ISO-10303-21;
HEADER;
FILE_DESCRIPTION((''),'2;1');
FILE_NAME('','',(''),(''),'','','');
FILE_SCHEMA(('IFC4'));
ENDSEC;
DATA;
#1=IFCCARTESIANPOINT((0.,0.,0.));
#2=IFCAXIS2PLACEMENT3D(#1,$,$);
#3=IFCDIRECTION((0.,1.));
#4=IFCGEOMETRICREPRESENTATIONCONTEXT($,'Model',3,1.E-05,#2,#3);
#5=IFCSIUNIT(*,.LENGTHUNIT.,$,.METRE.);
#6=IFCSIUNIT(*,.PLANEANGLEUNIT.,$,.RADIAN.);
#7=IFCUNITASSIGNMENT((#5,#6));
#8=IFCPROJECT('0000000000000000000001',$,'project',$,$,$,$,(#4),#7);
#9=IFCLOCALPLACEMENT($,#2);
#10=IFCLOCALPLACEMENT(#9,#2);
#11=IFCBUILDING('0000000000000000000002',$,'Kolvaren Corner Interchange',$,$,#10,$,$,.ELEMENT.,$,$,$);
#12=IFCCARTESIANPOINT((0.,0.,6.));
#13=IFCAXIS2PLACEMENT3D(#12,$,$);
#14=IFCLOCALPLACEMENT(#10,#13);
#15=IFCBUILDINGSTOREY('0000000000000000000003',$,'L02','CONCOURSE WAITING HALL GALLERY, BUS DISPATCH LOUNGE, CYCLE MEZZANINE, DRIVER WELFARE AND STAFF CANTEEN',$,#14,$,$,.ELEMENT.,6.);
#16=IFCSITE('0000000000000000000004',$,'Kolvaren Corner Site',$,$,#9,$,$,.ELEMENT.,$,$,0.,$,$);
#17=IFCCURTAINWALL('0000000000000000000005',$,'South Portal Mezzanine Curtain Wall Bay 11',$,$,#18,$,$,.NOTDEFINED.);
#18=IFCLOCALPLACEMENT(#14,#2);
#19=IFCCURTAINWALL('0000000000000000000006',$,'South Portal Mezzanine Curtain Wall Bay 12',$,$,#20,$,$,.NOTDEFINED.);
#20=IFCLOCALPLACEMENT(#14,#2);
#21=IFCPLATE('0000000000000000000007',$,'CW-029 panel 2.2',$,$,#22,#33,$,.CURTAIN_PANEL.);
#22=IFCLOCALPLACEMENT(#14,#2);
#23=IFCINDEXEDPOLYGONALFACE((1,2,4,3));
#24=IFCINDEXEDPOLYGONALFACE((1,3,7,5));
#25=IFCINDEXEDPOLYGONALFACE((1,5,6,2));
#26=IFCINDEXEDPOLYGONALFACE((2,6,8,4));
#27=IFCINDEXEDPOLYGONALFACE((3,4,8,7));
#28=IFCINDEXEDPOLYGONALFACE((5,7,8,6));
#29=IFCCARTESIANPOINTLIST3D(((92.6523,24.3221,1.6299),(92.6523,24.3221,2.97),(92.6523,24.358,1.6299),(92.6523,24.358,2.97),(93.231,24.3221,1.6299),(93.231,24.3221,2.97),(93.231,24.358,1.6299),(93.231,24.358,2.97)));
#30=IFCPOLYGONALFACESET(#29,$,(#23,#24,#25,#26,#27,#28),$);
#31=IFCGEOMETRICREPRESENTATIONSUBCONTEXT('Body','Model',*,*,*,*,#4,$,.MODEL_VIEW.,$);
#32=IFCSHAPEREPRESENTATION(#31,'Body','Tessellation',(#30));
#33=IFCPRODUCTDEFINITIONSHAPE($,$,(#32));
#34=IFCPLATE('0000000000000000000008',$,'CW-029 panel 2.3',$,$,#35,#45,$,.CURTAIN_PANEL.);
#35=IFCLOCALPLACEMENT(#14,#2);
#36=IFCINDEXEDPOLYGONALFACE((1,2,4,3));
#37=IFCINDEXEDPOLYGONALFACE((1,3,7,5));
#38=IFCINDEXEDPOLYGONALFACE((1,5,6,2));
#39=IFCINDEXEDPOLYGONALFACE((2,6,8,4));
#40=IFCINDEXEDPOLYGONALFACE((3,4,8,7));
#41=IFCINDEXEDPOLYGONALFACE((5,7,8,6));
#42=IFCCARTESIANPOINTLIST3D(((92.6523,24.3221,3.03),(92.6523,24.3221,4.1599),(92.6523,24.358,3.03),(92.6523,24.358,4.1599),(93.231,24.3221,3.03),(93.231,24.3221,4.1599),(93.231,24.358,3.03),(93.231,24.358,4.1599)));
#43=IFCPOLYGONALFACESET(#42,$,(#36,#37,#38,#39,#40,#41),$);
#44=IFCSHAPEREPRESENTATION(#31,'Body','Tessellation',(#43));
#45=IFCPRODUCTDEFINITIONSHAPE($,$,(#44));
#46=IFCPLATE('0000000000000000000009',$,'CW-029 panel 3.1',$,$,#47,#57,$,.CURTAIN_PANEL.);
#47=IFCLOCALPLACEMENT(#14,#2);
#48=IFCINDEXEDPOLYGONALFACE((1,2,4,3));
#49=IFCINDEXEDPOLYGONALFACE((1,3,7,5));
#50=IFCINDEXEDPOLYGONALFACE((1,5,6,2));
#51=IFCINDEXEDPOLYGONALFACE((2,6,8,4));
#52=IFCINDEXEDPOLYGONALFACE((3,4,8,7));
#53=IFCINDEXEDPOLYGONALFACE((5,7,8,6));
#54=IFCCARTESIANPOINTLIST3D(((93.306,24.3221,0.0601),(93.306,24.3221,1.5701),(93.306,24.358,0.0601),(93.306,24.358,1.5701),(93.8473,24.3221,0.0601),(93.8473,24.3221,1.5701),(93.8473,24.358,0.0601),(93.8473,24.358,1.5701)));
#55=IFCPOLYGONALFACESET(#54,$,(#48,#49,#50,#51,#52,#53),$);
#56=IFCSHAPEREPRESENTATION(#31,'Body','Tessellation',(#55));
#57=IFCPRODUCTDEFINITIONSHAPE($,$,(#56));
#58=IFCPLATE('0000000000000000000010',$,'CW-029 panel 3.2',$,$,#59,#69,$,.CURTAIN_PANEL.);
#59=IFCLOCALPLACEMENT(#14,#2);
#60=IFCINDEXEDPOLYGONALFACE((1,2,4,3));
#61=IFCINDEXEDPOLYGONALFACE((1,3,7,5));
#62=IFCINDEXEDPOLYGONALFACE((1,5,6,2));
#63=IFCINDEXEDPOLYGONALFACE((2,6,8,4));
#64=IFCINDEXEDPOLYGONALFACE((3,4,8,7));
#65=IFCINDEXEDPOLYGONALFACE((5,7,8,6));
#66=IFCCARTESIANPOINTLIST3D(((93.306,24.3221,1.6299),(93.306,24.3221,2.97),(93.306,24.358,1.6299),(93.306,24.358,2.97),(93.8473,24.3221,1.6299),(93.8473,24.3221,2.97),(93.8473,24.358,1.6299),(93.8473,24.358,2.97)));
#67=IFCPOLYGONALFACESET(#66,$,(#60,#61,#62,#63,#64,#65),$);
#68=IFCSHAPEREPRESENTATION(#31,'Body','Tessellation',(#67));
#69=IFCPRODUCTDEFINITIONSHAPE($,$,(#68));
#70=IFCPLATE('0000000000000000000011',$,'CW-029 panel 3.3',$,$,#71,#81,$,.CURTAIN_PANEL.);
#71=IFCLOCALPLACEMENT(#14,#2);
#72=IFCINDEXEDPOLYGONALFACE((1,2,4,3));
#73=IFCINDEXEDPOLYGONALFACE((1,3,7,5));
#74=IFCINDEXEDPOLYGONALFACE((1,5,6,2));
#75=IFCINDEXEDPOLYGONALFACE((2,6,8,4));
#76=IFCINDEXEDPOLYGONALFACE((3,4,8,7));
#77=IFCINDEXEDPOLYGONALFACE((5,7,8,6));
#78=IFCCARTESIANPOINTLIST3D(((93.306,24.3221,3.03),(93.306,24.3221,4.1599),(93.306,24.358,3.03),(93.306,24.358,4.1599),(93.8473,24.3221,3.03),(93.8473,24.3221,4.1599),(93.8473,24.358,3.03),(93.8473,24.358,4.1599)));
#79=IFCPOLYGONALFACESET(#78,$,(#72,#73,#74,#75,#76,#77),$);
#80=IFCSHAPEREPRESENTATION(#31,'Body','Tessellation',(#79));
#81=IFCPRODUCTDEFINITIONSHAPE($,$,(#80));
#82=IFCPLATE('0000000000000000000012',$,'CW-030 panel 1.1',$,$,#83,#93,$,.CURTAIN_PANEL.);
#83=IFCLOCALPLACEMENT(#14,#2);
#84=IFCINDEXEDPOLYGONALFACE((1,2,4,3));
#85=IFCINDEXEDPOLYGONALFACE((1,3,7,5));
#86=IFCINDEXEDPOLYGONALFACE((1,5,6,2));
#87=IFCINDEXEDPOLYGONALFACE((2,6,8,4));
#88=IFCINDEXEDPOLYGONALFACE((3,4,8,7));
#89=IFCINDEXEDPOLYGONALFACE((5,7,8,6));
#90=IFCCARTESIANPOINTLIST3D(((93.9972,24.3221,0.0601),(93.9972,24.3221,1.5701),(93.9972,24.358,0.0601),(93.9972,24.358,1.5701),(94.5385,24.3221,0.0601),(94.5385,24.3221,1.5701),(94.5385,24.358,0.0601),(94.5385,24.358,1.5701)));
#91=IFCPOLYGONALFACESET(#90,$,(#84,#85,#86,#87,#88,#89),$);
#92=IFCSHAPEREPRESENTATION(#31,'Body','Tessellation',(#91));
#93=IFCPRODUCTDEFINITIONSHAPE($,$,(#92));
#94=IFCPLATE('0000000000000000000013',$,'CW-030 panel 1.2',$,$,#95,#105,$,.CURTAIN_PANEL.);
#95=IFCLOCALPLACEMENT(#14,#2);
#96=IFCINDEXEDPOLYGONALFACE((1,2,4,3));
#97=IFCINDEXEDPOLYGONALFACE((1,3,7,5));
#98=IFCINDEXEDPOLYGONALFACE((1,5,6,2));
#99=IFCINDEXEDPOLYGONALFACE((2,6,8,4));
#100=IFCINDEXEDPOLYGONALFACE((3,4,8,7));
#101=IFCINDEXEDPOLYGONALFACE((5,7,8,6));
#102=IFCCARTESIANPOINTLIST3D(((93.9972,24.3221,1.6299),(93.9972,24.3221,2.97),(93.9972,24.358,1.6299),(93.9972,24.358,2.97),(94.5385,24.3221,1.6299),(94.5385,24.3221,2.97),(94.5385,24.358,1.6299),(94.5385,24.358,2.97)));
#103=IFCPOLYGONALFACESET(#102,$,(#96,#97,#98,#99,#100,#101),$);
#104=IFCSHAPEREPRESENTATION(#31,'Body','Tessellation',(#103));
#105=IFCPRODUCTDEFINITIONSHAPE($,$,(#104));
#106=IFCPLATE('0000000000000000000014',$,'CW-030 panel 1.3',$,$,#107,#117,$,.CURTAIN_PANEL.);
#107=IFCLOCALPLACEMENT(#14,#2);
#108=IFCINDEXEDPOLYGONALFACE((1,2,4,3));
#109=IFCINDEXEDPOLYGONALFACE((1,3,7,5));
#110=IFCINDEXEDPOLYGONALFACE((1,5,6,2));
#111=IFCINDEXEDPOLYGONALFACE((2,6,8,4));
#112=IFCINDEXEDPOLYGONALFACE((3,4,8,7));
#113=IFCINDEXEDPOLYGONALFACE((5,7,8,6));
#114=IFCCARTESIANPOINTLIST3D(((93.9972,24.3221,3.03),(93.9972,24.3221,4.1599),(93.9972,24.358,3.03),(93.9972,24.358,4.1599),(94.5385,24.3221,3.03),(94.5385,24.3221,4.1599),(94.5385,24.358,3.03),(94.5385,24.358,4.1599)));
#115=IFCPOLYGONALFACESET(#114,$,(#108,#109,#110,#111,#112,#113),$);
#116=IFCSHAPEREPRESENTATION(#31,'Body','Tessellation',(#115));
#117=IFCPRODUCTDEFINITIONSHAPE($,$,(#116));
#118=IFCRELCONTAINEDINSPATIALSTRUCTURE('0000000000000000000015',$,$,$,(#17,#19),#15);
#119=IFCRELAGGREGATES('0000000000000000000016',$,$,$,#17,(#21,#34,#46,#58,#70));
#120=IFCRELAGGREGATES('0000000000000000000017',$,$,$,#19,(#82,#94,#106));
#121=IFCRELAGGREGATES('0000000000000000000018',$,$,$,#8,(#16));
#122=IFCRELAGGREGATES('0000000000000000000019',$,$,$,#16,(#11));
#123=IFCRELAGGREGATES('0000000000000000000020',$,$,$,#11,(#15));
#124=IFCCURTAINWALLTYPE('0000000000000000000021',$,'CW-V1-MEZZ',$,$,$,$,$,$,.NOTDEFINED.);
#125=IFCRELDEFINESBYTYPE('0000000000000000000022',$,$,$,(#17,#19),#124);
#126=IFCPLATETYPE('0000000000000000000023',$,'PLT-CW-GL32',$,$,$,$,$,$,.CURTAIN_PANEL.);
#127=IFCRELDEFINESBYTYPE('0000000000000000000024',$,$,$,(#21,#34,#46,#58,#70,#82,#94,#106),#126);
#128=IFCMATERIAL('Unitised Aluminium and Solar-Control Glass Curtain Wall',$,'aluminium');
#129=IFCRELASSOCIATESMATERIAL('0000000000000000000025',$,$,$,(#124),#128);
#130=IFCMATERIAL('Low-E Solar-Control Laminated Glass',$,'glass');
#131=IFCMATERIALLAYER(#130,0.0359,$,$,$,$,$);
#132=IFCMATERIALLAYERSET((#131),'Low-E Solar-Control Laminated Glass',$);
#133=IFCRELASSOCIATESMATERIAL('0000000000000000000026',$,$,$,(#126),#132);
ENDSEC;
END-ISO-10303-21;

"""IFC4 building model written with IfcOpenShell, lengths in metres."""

from ifc_helpers import new_model, si_unit, direction, frame, origin, origin_2d, place, context, subcontext, project, spatial, rectangle, extrude, material, layer, layer_set, type_object, element, aggregate, save


model = new_model("IFC4")

# Units and contexts
model_context = context("Model", 3, precision=1e-05, world=origin(), true_north=direction((0.0, 1.0)))
body_context = subcontext(model_context, "Body", "Model", "MODEL_VIEW")
ifc_project = project(units=[si_unit("LENGTHUNIT", "METRE"), si_unit("PLANEANGLEUNIT", "RADIAN")], contexts=[model_context])

# Site, building, storey
site_placement = place(None, origin())
site = spatial("IfcSite", under=ifc_project, at=site_placement, Name="Kolvaren Corner Site", CompositionType="ELEMENT", RefElevation=0.0)
building_placement = place(site_placement, origin())
building = spatial("IfcBuilding", under=site, at=building_placement, Name="Kolvaren Corner Interchange", CompositionType="ELEMENT")
storey_placement = place(building_placement, frame((0.0, 0.0, 6.0)))
storey = spatial("IfcBuildingStorey", under=building, at=storey_placement, Name="L02", Description="CONCOURSE WAITING HALL GALLERY, BUS DISPATCH LOUNGE, CYCLE MEZZANINE, DRIVER WELFARE AND STAFF CANTEEN", CompositionType="ELEMENT", Elevation=6.0)

# Curtain walls
ifc_material_1 = material(Name="Unitised Aluminium and Solar-Control Glass Curtain Wall", Category="aluminium")
curtain_wall_type = type_object("IfcCurtainWallType", Name="CW-V1-MEZZ", PredefinedType="NOTDEFINED", material=ifc_material_1)
curtain_wall_1_placement = place(storey_placement, origin())
curtain_wall_1 = element("IfcCurtainWall", 1, at=curtain_wall_1_placement, inside=storey, type_object=curtain_wall_type, Name="South Portal Mezzanine Curtain Wall Bay 11", PredefinedType="NOTDEFINED")
curtain_wall_2_placement = place(storey_placement, origin())
curtain_wall_2 = element("IfcCurtainWall", 2, at=curtain_wall_2_placement, inside=storey, type_object=curtain_wall_type, Name="South Portal Mezzanine Curtain Wall Bay 12", PredefinedType="NOTDEFINED")

# Plates
ifc_material_2 = material(Name="Low-E Solar-Control Laminated Glass", Category="glass")
ifc_layer = layer(ifc_material_2, 0.0359)
ifc_layer_set = layer_set([ifc_layer], Name="Low-E Solar-Control Laminated Glass")
plate_type = type_object("IfcPlateType", Name="PLT-CW-GL32", PredefinedType="CURTAIN_PANEL", material=ifc_layer_set)
plate_1_placement = place(storey_placement, frame((92.9417, 24.3401, 1.6299), z_axis=(0.0, 0.0, 1.0), x_axis=(1.0, 0.0, 0.0)))
plate_1 = element("IfcPlate", 3, at=plate_1_placement, type_object=plate_type, Name="CW-029 panel 2.2", PredefinedType="CURTAIN_PANEL", context=body_context, shape_type="SweptSolid", body=[
    extrude(rectangle(XDim=0.5786, YDim=0.0359, at=origin_2d()), origin(), (0.0, 0.0, 1.0), 1.3401),
])
plate_2_placement = place(storey_placement, frame((92.9417, 24.3401, 3.03), z_axis=(0.0, 0.0, 1.0), x_axis=(1.0, 0.0, 0.0)))
plate_2 = element("IfcPlate", 4, at=plate_2_placement, type_object=plate_type, Name="CW-029 panel 2.3", PredefinedType="CURTAIN_PANEL", context=body_context, shape_type="SweptSolid", body=[
    extrude(rectangle(XDim=0.5786, YDim=0.0359, at=origin_2d()), origin(), (0.0, 0.0, 1.0), 1.1299),
])
plate_3_placement = place(storey_placement, frame((93.5767, 24.3401, 0.0601), z_axis=(0.0, 0.0, 1.0), x_axis=(1.0, 0.0, 0.0)))
plate_3 = element("IfcPlate", 5, at=plate_3_placement, type_object=plate_type, Name="CW-029 panel 3.1", PredefinedType="CURTAIN_PANEL", context=body_context, shape_type="SweptSolid", body=[
    extrude(rectangle(XDim=0.5413, YDim=0.0359, at=origin_2d()), origin(), (0.0, 0.0, 1.0), 1.51),
])
plate_4_placement = place(storey_placement, frame((93.5767, 24.3401, 1.6299), z_axis=(0.0, 0.0, 1.0), x_axis=(1.0, 0.0, 0.0)))
plate_4 = element("IfcPlate", 6, at=plate_4_placement, type_object=plate_type, Name="CW-029 panel 3.2", PredefinedType="CURTAIN_PANEL", context=body_context, shape_type="SweptSolid", body=[
    extrude(rectangle(XDim=0.5413, YDim=0.0359, at=origin_2d()), origin(), (0.0, 0.0, 1.0), 1.3401),
])
plate_5_placement = place(storey_placement, frame((93.5767, 24.3401, 3.03), z_axis=(0.0, 0.0, 1.0), x_axis=(1.0, 0.0, 0.0)))
plate_5 = element("IfcPlate", 7, at=plate_5_placement, type_object=plate_type, Name="CW-029 panel 3.3", PredefinedType="CURTAIN_PANEL", context=body_context, shape_type="SweptSolid", body=[
    extrude(rectangle(XDim=0.5413, YDim=0.0359, at=origin_2d()), origin(), (0.0, 0.0, 1.0), 1.1299),
])
aggregate(curtain_wall_1, [plate_1, plate_2, plate_3, plate_4, plate_5])
plate_6_placement = place(storey_placement, frame((94.2678, 24.3401, 0.0601), z_axis=(0.0, 0.0, 1.0), x_axis=(1.0, 0.0, 0.0)))
plate_6 = element("IfcPlate", 8, at=plate_6_placement, type_object=plate_type, Name="CW-030 panel 1.1", PredefinedType="CURTAIN_PANEL", context=body_context, shape_type="SweptSolid", body=[
    extrude(rectangle(XDim=0.5413, YDim=0.0359, at=origin_2d()), origin(), (0.0, 0.0, 1.0), 1.51),
])
plate_7_placement = place(storey_placement, frame((94.2678, 24.3401, 1.6299), z_axis=(0.0, 0.0, 1.0), x_axis=(1.0, 0.0, 0.0)))
plate_7 = element("IfcPlate", 9, at=plate_7_placement, type_object=plate_type, Name="CW-030 panel 1.2", PredefinedType="CURTAIN_PANEL", context=body_context, shape_type="SweptSolid", body=[
    extrude(rectangle(XDim=0.5413, YDim=0.0359, at=origin_2d()), origin(), (0.0, 0.0, 1.0), 1.3401),
])
plate_8_placement = place(storey_placement, frame((94.2678, 24.3401, 3.03), z_axis=(0.0, 0.0, 1.0), x_axis=(1.0, 0.0, 0.0)))
plate_8 = element("IfcPlate", 10, at=plate_8_placement, type_object=plate_type, Name="CW-030 panel 1.3", PredefinedType="CURTAIN_PANEL", context=body_context, shape_type="SweptSolid", body=[
    extrude(rectangle(XDim=0.5413, YDim=0.0359, at=origin_2d()), origin(), (0.0, 0.0, 1.0), 1.1299),
])
aggregate(curtain_wall_2, [plate_6, plate_7, plate_8])

save(model, "model.ifc")
